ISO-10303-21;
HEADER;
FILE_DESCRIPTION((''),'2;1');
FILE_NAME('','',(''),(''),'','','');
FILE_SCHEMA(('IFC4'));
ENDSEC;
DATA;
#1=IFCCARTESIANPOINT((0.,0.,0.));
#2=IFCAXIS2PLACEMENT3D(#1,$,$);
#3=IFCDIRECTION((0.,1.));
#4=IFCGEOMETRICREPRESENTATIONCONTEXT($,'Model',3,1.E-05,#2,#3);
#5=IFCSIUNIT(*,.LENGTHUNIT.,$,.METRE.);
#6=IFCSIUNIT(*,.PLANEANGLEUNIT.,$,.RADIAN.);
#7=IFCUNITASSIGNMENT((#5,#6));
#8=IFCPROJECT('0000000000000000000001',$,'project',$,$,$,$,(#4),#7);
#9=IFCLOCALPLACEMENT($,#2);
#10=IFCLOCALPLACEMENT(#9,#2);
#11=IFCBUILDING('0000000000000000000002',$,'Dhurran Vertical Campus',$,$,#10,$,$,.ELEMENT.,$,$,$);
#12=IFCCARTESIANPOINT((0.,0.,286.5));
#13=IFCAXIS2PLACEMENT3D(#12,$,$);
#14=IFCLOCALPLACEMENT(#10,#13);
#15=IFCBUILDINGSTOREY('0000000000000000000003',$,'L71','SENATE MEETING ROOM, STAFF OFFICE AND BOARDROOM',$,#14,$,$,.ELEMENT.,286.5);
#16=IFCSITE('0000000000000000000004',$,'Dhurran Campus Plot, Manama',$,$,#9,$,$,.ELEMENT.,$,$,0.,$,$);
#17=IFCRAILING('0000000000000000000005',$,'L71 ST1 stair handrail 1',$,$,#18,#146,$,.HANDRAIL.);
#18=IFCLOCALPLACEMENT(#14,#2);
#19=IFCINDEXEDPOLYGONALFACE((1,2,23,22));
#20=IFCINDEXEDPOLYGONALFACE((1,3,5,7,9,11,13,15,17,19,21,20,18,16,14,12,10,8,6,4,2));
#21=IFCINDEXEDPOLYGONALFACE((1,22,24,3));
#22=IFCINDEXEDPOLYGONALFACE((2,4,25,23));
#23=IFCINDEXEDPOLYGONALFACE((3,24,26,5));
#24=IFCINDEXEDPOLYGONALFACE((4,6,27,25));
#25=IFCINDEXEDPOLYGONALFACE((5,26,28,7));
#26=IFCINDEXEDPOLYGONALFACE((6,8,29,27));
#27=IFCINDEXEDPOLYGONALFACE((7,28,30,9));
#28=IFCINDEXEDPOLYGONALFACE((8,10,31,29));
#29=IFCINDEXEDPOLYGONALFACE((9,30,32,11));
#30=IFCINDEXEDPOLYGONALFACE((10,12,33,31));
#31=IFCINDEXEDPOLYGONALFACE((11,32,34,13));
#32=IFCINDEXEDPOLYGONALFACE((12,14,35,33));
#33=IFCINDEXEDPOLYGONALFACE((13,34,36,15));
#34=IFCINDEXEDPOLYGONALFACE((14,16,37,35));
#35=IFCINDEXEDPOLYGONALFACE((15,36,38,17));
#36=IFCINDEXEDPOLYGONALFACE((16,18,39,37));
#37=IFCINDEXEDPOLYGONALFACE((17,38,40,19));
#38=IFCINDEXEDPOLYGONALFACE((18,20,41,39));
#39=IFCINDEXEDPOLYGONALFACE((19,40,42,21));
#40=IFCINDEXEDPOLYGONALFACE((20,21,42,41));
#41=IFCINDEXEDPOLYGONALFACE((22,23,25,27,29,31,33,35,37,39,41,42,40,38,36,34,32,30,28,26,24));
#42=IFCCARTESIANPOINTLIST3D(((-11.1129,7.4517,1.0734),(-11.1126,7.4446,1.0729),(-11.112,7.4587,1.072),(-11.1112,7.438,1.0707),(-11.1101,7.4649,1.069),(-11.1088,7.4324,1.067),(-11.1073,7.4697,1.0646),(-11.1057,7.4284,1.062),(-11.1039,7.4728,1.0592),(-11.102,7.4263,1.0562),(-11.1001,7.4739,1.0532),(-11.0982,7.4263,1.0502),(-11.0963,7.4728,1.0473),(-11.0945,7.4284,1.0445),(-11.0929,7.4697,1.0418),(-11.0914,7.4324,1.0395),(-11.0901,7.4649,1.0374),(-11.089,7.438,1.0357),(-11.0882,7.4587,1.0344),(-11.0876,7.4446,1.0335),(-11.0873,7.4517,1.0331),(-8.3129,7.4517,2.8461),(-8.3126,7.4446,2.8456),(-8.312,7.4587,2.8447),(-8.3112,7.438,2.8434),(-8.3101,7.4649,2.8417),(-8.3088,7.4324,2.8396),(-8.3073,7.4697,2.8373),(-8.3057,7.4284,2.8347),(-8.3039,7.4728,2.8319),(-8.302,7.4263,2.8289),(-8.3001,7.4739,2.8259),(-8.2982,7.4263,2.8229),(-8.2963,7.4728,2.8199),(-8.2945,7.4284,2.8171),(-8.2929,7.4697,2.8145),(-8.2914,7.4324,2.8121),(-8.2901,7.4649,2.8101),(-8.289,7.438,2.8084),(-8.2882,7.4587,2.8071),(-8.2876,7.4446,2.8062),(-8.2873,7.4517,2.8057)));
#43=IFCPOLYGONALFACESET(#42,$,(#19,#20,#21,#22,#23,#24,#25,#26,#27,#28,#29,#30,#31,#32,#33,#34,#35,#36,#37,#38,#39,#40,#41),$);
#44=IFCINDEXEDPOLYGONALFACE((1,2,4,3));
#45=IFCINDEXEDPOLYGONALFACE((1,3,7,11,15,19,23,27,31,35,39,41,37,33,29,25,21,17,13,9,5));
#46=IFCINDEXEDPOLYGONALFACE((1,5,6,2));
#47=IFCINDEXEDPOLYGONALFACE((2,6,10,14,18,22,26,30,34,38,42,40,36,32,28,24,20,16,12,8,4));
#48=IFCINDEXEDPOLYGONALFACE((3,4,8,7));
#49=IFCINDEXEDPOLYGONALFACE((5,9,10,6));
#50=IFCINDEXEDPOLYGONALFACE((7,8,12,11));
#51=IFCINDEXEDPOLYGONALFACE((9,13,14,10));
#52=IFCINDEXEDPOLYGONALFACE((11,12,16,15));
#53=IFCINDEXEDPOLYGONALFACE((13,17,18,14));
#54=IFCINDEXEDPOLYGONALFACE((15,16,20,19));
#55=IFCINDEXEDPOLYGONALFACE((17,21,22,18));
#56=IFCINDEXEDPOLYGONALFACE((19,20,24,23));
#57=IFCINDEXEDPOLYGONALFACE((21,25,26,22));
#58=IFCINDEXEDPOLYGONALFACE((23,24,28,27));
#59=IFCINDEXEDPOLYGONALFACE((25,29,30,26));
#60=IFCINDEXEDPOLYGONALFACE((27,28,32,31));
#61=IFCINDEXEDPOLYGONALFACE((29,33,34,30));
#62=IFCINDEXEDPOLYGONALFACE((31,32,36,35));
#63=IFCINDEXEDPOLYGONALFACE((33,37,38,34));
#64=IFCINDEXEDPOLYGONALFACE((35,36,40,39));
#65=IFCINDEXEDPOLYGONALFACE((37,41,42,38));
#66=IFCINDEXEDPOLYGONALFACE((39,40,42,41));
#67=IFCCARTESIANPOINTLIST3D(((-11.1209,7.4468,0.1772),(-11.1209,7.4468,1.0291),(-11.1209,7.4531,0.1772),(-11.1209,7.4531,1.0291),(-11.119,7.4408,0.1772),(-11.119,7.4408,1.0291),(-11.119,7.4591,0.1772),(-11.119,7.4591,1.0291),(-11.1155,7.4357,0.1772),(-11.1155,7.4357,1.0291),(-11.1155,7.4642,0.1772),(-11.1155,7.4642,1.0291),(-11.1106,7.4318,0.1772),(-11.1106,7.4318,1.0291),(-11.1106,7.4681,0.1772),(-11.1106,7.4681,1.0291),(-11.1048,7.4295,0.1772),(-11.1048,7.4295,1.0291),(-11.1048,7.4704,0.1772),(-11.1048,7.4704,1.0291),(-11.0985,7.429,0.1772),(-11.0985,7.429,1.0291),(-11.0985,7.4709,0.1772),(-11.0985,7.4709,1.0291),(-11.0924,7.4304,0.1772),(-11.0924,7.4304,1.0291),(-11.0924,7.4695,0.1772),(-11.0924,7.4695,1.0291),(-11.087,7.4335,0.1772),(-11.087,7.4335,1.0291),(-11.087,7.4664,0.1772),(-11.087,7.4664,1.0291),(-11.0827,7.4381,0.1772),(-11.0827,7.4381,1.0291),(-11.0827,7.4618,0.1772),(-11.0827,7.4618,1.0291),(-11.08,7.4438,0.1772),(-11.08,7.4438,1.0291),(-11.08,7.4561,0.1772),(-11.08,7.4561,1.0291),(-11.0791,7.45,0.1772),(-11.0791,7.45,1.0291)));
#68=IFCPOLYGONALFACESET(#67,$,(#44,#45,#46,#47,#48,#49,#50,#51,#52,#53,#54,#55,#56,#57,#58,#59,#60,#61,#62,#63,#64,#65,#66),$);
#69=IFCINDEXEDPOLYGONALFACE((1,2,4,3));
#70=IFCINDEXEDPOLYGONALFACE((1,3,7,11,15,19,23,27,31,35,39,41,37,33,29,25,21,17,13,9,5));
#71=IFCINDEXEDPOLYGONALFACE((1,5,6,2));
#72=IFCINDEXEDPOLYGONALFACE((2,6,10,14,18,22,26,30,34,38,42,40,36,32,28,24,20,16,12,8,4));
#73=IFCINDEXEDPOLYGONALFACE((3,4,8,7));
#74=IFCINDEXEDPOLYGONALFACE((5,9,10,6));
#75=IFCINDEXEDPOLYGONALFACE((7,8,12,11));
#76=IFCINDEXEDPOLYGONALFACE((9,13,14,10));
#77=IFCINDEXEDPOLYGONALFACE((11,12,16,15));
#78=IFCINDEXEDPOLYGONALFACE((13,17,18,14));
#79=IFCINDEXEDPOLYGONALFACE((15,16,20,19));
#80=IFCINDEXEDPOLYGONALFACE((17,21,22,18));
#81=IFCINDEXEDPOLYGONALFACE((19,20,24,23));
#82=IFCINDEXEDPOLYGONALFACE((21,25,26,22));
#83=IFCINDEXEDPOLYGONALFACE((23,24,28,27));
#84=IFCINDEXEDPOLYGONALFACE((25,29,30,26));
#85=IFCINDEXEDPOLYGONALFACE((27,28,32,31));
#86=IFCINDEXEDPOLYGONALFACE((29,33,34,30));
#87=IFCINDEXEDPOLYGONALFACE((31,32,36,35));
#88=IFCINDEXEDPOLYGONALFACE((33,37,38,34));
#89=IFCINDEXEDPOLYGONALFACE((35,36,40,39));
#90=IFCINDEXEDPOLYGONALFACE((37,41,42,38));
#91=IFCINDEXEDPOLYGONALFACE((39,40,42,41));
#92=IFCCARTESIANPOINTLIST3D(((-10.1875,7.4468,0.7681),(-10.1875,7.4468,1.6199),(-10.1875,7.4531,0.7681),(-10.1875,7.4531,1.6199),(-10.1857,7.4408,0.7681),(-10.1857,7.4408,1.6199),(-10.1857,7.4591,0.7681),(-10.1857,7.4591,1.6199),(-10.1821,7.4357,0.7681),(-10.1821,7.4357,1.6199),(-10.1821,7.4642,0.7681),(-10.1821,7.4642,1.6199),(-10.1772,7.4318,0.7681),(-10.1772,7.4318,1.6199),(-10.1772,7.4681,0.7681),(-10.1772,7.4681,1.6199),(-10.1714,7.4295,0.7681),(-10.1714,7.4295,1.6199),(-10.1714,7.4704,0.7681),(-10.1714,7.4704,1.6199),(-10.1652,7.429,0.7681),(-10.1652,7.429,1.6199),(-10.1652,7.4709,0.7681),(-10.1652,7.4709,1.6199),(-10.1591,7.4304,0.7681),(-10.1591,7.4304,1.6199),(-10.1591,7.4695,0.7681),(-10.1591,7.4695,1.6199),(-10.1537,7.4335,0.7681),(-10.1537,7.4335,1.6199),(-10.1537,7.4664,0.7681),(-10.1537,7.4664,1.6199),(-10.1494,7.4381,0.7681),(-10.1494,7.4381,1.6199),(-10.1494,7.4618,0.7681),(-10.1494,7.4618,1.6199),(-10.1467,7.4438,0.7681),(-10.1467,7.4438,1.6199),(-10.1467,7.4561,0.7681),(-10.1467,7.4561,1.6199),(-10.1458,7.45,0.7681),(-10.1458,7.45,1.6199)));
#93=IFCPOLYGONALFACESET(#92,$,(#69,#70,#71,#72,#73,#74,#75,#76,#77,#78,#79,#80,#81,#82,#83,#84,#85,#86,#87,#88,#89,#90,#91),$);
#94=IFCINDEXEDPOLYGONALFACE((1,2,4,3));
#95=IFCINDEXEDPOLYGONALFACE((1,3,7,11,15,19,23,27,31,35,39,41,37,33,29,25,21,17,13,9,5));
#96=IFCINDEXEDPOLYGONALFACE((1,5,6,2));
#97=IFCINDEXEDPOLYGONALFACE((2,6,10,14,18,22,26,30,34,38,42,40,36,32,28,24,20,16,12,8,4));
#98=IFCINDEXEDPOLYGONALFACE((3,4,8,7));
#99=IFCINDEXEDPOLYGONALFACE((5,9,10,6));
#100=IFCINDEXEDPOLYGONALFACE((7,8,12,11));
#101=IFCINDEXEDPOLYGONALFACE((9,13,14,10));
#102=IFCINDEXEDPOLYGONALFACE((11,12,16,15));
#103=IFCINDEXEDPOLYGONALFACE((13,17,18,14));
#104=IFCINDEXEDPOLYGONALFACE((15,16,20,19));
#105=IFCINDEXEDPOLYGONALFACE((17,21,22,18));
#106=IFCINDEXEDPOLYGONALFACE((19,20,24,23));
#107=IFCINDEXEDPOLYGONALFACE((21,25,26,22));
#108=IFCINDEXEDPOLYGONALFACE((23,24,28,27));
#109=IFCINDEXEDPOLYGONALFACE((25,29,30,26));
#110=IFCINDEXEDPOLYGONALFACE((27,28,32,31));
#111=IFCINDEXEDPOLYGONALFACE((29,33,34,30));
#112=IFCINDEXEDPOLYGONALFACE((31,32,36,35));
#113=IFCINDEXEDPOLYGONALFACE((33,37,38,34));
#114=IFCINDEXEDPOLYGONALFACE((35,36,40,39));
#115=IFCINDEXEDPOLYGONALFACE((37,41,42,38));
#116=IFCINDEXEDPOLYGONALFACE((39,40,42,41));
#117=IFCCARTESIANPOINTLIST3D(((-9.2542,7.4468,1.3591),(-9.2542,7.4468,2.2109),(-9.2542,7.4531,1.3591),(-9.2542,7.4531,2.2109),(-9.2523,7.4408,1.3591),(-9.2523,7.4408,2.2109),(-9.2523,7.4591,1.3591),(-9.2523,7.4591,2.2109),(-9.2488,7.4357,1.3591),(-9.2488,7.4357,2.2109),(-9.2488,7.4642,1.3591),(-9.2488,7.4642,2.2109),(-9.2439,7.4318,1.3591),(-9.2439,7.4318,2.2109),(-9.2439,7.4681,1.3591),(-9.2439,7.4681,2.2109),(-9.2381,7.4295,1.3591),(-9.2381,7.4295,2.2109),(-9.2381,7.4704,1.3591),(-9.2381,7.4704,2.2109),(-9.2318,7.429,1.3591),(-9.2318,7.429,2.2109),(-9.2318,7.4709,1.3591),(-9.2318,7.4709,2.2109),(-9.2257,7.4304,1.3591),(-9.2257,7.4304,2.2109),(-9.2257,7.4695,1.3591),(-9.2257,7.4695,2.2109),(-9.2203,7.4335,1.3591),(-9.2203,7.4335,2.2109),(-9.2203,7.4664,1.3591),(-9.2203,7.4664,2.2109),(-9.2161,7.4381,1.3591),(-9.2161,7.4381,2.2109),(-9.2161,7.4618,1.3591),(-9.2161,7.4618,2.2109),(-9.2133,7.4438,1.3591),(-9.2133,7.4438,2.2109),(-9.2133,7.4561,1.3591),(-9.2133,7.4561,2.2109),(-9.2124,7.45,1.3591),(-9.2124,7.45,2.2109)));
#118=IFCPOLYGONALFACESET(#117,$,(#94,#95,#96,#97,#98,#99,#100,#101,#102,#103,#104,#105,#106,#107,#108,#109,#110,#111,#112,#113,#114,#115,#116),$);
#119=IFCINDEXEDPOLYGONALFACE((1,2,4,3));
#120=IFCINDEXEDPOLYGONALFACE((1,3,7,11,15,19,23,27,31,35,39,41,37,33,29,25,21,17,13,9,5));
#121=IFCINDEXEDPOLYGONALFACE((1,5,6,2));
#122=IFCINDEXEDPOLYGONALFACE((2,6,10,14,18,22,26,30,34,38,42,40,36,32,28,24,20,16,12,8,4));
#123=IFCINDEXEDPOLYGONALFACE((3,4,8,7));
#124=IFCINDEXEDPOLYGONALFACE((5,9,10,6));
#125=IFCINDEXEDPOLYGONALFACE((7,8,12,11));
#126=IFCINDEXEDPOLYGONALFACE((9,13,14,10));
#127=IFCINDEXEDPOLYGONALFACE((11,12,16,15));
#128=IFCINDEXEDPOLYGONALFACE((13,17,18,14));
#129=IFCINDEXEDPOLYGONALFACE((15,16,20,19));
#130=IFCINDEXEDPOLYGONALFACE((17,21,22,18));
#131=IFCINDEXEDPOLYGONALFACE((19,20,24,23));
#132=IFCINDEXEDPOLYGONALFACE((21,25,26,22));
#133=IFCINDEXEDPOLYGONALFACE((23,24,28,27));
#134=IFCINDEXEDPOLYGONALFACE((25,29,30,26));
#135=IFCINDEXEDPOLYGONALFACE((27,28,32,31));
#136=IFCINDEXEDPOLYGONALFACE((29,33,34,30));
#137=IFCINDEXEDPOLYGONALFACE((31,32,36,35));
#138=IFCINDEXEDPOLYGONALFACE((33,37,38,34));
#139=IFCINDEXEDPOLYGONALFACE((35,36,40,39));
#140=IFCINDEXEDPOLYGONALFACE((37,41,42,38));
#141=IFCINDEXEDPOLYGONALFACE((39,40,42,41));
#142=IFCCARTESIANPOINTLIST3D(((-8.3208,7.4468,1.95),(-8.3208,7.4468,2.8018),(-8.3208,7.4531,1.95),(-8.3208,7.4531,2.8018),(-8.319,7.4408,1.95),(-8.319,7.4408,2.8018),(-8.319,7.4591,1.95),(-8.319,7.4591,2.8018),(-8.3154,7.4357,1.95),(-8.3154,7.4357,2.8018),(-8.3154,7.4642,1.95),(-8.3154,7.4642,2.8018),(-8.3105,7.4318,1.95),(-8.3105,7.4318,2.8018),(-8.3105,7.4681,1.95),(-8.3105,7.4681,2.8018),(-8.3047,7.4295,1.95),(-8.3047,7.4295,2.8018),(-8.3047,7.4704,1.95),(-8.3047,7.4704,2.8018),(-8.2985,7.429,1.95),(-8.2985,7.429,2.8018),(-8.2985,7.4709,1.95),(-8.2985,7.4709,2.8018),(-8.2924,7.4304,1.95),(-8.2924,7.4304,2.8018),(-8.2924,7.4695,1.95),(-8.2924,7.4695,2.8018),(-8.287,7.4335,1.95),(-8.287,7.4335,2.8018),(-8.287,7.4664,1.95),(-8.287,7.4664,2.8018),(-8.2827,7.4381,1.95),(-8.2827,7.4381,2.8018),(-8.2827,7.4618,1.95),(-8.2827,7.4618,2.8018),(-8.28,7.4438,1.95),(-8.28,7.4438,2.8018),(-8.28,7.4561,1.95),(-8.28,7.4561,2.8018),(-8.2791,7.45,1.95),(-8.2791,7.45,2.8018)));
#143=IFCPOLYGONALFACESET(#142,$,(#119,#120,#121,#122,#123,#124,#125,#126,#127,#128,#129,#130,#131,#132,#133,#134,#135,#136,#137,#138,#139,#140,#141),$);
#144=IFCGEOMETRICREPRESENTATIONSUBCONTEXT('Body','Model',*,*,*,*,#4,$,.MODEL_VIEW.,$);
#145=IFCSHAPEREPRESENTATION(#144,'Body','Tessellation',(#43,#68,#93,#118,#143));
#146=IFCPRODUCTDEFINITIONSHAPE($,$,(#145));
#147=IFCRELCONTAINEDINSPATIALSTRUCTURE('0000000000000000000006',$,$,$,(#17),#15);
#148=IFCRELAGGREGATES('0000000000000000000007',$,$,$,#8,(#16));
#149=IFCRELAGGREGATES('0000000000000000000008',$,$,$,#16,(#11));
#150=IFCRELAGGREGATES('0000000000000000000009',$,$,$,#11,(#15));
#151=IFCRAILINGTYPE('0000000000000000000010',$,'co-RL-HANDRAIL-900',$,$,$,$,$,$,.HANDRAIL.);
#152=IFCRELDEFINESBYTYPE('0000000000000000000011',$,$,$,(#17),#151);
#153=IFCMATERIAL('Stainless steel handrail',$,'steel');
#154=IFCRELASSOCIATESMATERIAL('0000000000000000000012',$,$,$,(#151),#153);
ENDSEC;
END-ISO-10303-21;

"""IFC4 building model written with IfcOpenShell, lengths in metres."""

from ifc_helpers import new_model, si_unit, direction, frame, origin, origin_2d, place, context, subcontext, project, spatial, circle, extrude, material, type_object, element, save


model = new_model("IFC4")

# Units and contexts
model_context = context("Model", 3, precision=1e-05, world=origin(), true_north=direction((0.0, 1.0)))
body_context = subcontext(model_context, "Body", "Model", "MODEL_VIEW")
ifc_project = project(units=[si_unit("LENGTHUNIT", "METRE"), si_unit("PLANEANGLEUNIT", "RADIAN")], contexts=[model_context])

# Site, building, storey
site_placement = place(None, origin())
site = spatial("IfcSite", under=ifc_project, at=site_placement, Name="Dhurran Campus Plot, Manama", CompositionType="ELEMENT", RefElevation=0.0)
building_placement = place(site_placement, origin())
building = spatial("IfcBuilding", under=site, at=building_placement, Name="Dhurran Vertical Campus", CompositionType="ELEMENT")
storey_placement = place(building_placement, frame((0.0, 0.0, 286.5)))
storey = spatial("IfcBuildingStorey", under=building, at=storey_placement, Name="L71", Description="SENATE MEETING ROOM, STAFF OFFICE AND BOARDROOM", CompositionType="ELEMENT", Elevation=286.5)

# Railing
ifc_material_1 = material(Name="Stainless steel handrail", Category="steel")
railing_type_1 = type_object("IfcRailingType", Name="co-RL-HANDRAIL-900", PredefinedType="HANDRAIL", material=ifc_material_1)
railing_1_placement = place(storey_placement, frame((-11.1001, 7.45, 0.1772)))
element("IfcRailing", 1, at=railing_1_placement, inside=storey, type_object=railing_type_1, Name="L71 ST1 stair handrail 1", PredefinedType="HANDRAIL", context=body_context, shape_type="SweptSolid", body=[
    extrude(circle(Radius=0.0239, at=origin_2d()), frame((0.0, 0.0, 0.876), z_axis=(0.844909, 0.0, 0.53491), x_axis=(0.0, 1.0, 0.0)), (0.0, 0.0, 1.0), 3.314),
    extrude(circle(Radius=0.021, at=origin_2d()), origin(), (0.0, 0.0, 1.0), 0.8518),
    extrude(circle(Radius=0.021, at=origin_2d()), frame((0.9333, 0.0, 0.5908)), (0.0, 0.0, 1.0), 0.8518),
    extrude(circle(Radius=0.021, at=origin_2d()), frame((1.8667, 0.0, 1.1819)), (0.0, 0.0, 1.0), 0.8518),
    extrude(circle(Radius=0.021, at=origin_2d()), frame((2.8, 0.0, 1.7727)), (0.0, 0.0, 1.0), 0.8518),
])

save(model, "model.ifc")
